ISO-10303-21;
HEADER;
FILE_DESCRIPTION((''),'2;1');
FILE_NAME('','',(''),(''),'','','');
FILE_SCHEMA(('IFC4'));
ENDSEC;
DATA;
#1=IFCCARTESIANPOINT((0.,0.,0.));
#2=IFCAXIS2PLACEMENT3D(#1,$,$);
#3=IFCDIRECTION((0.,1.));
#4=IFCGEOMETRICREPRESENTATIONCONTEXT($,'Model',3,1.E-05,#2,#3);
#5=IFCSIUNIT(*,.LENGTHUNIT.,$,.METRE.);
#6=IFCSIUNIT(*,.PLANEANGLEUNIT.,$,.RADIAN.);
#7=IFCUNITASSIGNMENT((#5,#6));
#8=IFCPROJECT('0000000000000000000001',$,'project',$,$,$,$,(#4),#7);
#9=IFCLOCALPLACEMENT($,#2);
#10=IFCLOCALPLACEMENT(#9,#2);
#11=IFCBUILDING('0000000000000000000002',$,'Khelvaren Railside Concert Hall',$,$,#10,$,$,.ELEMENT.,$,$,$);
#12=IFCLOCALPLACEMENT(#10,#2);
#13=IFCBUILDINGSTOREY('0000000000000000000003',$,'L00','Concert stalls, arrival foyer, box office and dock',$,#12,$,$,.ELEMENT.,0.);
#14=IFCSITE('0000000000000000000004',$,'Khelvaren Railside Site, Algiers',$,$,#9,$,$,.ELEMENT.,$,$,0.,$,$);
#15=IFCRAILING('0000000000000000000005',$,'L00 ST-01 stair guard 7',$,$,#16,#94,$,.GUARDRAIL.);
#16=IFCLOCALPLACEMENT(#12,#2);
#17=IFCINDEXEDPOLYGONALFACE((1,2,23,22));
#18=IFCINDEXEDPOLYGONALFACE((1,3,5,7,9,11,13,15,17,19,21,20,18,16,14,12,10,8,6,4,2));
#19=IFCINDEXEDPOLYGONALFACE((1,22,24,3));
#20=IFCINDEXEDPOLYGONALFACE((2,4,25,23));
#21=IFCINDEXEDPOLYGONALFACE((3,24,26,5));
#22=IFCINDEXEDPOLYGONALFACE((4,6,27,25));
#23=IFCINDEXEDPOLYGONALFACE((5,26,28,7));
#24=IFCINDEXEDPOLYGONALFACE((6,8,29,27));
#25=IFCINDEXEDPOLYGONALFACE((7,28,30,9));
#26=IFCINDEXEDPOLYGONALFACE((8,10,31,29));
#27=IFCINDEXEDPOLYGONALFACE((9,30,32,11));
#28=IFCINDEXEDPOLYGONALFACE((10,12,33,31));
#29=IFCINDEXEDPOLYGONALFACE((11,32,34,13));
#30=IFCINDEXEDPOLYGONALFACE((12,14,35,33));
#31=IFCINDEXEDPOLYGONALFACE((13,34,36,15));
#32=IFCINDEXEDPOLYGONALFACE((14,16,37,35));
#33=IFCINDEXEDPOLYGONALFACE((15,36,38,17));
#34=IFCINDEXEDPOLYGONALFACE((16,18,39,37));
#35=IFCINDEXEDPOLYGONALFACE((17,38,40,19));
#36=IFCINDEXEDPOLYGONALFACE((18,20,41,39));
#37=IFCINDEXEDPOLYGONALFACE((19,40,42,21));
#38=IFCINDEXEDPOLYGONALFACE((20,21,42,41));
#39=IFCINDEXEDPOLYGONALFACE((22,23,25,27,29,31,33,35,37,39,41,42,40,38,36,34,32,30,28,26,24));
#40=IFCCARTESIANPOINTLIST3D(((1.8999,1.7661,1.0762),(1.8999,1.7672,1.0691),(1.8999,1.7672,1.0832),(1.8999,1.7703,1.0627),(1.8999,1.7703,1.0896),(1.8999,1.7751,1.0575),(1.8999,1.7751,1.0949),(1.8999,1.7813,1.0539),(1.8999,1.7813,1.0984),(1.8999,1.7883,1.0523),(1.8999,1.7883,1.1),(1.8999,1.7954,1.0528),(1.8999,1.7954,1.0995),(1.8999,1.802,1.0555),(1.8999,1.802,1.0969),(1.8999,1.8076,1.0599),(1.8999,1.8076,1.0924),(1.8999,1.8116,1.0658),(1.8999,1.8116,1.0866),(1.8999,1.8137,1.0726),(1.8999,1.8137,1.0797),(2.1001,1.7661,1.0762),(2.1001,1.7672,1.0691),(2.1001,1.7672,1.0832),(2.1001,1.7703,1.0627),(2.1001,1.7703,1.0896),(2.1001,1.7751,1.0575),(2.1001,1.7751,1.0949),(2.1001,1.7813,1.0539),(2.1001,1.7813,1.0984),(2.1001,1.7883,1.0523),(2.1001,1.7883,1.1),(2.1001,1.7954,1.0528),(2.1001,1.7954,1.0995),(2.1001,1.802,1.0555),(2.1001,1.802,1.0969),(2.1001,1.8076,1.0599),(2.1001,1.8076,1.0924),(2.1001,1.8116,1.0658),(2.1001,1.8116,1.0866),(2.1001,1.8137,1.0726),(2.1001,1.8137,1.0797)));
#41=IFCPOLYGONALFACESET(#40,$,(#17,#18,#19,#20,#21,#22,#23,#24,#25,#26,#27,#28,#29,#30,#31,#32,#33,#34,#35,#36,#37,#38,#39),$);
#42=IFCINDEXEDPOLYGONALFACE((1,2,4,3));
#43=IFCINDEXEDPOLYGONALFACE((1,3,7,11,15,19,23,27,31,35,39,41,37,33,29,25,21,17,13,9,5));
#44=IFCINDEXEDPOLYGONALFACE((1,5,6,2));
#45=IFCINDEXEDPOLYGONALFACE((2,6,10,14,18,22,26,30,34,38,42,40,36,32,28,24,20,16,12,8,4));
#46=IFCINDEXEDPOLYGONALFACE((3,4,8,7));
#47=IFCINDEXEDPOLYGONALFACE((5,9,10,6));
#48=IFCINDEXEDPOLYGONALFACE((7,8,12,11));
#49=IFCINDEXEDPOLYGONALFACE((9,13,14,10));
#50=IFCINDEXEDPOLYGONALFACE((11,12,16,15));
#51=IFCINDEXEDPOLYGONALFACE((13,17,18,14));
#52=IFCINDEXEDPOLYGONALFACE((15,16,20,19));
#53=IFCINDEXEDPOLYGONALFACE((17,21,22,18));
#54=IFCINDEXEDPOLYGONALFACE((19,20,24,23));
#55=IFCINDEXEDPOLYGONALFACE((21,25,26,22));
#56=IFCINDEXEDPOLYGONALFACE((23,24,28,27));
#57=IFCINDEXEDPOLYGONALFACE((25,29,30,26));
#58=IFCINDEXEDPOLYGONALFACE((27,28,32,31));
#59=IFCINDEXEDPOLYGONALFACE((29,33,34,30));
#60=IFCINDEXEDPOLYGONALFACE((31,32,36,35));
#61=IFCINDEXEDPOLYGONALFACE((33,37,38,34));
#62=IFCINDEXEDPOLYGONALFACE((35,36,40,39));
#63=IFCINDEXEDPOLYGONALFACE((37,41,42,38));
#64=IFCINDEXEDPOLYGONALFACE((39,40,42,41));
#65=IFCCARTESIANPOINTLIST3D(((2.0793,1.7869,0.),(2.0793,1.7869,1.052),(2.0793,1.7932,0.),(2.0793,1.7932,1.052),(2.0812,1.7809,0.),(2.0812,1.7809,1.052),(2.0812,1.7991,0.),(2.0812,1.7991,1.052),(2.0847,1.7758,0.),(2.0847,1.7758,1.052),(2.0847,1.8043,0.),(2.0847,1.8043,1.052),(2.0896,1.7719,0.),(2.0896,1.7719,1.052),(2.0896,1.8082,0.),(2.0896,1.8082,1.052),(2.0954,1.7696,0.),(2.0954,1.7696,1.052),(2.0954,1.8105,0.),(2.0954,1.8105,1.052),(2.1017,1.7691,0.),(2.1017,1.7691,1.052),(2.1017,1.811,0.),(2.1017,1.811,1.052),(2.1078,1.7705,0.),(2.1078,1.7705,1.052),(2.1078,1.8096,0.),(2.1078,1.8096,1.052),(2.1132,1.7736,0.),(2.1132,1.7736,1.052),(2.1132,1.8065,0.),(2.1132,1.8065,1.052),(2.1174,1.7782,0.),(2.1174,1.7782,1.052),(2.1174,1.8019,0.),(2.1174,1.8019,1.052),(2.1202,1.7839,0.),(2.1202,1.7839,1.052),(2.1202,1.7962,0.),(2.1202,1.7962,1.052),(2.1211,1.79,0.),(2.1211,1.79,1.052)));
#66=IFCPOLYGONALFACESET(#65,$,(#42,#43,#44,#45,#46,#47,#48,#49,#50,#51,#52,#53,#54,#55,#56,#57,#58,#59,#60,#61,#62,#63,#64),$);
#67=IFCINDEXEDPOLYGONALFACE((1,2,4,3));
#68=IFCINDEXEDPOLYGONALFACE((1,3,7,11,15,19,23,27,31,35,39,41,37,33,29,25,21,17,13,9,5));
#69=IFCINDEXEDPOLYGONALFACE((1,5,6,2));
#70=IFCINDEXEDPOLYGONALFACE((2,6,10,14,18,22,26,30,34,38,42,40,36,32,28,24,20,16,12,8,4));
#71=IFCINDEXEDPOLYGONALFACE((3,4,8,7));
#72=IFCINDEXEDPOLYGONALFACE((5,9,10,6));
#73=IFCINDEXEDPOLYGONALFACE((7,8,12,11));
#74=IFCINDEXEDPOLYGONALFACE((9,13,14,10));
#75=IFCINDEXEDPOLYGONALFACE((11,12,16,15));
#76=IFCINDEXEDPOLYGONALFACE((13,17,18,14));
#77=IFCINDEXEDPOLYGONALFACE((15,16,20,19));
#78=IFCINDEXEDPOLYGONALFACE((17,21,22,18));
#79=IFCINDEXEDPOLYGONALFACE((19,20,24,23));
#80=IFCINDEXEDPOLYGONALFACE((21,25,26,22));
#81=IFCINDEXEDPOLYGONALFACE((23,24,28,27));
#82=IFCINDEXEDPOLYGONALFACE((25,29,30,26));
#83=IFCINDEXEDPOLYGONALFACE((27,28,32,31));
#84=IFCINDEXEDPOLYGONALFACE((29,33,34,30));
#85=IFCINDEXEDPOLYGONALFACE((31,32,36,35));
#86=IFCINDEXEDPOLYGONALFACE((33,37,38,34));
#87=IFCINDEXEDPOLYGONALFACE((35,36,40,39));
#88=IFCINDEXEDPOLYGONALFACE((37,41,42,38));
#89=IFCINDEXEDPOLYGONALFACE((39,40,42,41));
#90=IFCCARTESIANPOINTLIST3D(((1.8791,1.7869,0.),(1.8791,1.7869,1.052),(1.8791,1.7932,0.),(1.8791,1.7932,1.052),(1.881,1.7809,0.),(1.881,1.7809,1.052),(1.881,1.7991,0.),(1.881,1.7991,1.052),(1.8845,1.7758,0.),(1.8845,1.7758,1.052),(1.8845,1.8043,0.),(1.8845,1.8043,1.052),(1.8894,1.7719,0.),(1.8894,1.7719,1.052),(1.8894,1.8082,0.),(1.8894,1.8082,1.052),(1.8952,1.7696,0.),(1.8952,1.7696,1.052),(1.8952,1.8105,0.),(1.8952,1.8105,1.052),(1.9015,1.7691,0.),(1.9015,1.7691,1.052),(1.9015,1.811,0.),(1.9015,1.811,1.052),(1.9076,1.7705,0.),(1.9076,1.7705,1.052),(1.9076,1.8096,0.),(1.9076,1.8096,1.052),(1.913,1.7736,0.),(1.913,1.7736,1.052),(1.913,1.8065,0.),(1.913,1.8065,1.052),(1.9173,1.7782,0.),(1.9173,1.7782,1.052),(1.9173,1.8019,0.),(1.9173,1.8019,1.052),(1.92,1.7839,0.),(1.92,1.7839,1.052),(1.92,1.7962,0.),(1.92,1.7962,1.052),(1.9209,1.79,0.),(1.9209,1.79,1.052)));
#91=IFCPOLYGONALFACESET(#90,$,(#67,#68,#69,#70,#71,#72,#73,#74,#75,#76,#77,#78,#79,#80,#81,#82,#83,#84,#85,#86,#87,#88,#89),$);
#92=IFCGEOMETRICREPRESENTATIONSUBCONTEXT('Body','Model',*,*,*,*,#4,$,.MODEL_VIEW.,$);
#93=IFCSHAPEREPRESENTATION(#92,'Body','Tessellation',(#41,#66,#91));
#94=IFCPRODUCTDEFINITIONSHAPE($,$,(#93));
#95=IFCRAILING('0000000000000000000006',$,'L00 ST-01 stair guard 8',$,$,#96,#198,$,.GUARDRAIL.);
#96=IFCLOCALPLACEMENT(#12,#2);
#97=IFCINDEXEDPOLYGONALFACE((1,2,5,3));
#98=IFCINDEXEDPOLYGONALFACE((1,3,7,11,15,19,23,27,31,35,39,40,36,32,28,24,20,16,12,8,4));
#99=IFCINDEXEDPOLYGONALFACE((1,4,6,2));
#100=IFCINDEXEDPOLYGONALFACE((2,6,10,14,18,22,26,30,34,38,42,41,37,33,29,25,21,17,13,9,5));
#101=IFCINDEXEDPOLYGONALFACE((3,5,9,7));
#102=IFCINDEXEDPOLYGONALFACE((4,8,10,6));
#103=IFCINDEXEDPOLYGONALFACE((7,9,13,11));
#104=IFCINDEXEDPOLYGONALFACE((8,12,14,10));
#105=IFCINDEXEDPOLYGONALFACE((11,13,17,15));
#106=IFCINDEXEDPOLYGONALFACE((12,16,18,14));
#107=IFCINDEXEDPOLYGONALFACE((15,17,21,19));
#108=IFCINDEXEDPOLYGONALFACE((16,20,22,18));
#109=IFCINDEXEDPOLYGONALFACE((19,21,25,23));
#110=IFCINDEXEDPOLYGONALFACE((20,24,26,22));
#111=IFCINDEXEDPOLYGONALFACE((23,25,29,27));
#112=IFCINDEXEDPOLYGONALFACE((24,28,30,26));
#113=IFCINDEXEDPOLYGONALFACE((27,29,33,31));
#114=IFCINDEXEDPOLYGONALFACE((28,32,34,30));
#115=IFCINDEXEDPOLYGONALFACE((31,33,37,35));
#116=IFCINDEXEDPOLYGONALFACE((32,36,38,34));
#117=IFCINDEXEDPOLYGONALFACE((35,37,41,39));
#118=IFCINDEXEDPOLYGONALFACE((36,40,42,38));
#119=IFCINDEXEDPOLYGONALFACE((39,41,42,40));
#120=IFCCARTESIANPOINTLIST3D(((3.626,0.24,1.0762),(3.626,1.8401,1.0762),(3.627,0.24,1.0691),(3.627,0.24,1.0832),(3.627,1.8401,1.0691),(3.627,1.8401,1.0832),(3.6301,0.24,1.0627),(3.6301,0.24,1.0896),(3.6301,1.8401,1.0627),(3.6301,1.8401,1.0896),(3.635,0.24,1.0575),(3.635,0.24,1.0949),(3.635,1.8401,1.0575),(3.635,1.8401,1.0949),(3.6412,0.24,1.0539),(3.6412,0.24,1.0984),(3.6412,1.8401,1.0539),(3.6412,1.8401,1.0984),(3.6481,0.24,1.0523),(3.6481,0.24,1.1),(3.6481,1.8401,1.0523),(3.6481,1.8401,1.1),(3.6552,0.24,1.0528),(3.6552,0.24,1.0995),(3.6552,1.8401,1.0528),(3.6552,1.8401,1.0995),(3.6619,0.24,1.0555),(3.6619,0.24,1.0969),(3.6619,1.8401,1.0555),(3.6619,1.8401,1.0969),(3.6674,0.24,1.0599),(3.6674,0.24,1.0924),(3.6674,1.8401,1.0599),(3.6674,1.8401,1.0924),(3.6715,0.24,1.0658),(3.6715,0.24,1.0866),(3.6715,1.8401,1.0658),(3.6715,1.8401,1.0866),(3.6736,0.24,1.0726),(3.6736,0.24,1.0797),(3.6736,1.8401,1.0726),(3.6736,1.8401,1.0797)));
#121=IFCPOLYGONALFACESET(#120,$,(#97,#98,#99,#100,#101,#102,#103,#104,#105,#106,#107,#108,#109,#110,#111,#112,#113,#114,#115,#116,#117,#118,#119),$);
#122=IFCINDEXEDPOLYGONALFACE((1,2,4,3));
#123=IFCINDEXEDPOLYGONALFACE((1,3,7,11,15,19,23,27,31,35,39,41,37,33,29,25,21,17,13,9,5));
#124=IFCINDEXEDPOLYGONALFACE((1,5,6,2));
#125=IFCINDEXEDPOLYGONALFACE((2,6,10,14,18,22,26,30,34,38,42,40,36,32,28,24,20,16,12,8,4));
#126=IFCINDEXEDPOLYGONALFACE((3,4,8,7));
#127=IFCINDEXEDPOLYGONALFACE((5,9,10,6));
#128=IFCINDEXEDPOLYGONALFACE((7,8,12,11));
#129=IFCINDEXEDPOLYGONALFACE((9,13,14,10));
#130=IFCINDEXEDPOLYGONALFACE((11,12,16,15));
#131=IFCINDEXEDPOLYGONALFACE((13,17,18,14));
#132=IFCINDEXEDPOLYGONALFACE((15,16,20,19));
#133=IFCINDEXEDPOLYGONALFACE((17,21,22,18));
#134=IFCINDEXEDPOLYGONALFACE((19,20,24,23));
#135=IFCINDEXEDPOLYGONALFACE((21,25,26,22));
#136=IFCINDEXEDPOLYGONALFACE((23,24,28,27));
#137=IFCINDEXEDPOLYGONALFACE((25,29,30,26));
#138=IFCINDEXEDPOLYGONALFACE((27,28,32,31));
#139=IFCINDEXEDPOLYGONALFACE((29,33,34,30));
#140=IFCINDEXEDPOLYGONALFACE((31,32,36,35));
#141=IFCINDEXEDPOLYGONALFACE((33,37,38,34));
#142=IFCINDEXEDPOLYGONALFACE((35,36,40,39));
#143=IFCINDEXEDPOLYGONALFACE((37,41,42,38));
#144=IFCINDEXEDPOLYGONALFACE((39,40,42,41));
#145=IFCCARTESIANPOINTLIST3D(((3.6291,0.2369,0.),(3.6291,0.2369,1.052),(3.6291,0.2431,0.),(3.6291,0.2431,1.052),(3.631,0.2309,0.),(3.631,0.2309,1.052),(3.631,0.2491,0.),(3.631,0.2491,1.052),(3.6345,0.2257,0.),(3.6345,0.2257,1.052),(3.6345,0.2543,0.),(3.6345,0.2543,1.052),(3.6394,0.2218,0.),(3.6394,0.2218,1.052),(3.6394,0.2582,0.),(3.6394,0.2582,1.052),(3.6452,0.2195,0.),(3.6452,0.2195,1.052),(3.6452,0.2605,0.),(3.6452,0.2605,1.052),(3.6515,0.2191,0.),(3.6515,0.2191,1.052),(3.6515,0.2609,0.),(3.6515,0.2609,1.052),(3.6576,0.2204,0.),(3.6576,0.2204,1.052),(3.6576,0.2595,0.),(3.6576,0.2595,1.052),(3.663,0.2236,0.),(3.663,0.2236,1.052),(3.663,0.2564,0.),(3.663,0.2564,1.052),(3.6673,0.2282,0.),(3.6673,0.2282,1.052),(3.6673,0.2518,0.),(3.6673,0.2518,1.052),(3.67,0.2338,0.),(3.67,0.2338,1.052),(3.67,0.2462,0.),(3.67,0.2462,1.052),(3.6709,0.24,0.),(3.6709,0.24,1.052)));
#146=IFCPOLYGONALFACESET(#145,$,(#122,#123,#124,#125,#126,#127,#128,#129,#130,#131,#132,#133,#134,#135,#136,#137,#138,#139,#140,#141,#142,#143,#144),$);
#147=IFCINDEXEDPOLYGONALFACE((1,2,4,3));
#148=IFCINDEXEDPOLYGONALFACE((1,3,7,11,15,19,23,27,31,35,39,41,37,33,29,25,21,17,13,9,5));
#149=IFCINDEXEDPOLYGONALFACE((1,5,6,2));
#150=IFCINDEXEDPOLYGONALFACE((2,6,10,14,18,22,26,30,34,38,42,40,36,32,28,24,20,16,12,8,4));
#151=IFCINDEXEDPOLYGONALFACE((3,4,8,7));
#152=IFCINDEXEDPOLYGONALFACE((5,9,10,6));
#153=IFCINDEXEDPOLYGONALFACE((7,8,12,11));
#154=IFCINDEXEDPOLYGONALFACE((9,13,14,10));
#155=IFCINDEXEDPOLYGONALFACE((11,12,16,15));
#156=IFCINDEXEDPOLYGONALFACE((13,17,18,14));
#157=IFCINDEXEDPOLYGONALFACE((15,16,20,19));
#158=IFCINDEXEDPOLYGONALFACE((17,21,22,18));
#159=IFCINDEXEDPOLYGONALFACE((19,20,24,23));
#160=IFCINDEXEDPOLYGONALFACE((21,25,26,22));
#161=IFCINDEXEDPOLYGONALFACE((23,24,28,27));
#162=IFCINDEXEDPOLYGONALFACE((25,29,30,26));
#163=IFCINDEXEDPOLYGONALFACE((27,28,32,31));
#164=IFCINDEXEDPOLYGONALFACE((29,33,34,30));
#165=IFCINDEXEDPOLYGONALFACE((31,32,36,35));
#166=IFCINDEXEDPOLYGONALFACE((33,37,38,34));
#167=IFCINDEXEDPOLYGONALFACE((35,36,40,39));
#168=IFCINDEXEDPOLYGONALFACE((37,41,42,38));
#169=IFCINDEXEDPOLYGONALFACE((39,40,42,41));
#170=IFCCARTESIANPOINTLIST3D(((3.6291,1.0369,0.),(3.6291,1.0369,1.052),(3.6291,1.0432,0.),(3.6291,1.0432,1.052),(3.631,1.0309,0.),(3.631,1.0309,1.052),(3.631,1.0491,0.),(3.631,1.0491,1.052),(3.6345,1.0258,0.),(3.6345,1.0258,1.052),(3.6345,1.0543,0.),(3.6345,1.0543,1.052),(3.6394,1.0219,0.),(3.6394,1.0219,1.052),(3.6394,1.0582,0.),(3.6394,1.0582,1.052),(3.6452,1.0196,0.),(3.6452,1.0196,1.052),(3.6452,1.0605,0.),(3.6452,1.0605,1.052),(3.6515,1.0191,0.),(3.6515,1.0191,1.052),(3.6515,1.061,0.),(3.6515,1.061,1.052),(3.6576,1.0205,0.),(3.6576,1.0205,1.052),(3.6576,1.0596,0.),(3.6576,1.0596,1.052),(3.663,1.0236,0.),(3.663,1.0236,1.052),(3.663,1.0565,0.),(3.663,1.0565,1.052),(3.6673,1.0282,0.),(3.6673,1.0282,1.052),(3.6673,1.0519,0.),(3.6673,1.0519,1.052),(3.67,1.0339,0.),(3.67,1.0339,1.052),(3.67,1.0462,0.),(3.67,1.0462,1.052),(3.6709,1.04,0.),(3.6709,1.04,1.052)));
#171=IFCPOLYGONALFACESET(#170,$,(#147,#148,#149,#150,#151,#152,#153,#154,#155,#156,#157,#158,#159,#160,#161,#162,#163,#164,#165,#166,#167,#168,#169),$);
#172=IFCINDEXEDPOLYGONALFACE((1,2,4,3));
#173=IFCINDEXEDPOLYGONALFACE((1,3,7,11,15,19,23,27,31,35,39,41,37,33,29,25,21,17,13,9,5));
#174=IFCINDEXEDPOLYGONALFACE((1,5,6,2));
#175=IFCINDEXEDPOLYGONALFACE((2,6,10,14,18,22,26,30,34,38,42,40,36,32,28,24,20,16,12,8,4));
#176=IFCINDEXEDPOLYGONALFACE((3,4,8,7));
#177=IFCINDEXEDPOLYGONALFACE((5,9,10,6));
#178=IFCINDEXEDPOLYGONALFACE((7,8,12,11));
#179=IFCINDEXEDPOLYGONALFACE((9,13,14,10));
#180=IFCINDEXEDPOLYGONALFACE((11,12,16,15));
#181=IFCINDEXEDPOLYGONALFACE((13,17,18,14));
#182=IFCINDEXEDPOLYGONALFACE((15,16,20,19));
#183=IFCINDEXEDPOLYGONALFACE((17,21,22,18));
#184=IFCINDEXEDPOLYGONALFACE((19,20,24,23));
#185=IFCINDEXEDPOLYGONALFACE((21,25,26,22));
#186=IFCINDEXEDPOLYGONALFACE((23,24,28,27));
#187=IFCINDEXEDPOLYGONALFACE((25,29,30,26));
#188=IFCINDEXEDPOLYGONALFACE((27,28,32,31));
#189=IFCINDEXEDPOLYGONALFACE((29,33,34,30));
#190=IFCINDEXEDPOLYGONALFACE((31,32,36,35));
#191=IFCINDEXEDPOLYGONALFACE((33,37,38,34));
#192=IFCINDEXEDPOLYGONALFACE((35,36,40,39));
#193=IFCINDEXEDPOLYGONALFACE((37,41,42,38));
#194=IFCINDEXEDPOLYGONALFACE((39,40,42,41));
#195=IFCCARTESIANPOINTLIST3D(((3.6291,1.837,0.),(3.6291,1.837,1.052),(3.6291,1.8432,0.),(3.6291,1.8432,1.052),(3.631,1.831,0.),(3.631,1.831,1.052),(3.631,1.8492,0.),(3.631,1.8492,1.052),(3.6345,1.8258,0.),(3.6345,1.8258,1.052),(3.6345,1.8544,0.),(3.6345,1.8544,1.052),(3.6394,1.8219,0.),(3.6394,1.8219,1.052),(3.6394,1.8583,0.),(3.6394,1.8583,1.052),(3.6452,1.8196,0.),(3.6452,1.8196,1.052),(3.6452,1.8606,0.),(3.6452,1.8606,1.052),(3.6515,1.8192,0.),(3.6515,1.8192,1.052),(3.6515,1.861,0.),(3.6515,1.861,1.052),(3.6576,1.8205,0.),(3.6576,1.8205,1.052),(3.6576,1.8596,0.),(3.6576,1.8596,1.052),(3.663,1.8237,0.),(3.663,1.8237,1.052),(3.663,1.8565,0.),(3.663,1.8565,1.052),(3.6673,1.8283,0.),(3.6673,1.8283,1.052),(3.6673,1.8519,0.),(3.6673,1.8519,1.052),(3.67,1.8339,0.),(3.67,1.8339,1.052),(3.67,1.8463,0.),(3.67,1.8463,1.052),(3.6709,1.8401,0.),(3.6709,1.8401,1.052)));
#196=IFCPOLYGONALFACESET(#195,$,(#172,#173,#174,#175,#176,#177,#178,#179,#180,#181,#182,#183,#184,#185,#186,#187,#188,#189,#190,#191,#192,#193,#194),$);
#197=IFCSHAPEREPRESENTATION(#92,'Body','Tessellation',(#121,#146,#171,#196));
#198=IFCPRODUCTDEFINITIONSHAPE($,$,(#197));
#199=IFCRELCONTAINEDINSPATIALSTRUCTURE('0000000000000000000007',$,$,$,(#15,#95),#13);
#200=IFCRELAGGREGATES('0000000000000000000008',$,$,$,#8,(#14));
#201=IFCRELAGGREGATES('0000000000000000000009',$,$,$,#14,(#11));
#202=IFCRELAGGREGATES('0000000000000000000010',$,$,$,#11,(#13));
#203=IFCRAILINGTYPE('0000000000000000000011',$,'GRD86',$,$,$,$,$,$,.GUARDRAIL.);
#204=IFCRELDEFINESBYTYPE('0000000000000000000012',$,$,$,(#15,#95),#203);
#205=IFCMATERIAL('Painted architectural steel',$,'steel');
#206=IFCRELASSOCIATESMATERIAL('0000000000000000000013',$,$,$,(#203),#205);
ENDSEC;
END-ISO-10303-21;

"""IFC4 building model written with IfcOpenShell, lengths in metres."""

from ifc_helpers import new_model, si_unit, direction, frame, origin, origin_2d, place, context, subcontext, project, spatial, circle, extrude, material, type_object, element, save


model = new_model("IFC4")

# Units and contexts
model_context = context("Model", 3, precision=1e-05, world=origin(), true_north=direction((0.0, 1.0)))
body_context = subcontext(model_context, "Body", "Model", "MODEL_VIEW")
ifc_project = project(units=[si_unit("LENGTHUNIT", "METRE"), si_unit("PLANEANGLEUNIT", "RADIAN")], contexts=[model_context])

# Site, building, storey
site_placement = place(None, origin())
site = spatial("IfcSite", under=ifc_project, at=site_placement, Name="Khelvaren Railside Site, Algiers", CompositionType="ELEMENT", RefElevation=0.0)
building_placement = place(site_placement, origin())
building = spatial("IfcBuilding", under=site, at=building_placement, Name="Khelvaren Railside Concert Hall", CompositionType="ELEMENT")
storey_placement = place(building_placement, origin())
storey = spatial("IfcBuildingStorey", under=building, at=storey_placement, Name="L00", Description="Concert stalls, arrival foyer, box office and dock", CompositionType="ELEMENT", Elevation=0.0)

# Railings
ifc_material_1 = material(Name="Painted architectural steel", Category="steel")
railing_type_1 = type_object("IfcRailingType", Name="GRD86", PredefinedType="GUARDRAIL", material=ifc_material_1)
railing_1_placement = place(storey_placement, frame((2.1001, 1.79, 0.0)))
element("IfcRailing", 1, at=railing_1_placement, inside=storey, type_object=railing_type_1, Name="L00 ST-01 stair guard 7", PredefinedType="GUARDRAIL", context=body_context, shape_type="SweptSolid", body=[
    extrude(circle(Radius=0.0239, at=origin_2d()), frame((0.0, 0.0, 1.0762), z_axis=(-1.0, 0.0, 0.0), x_axis=(0.0, -1.0, 0.0)), (0.0, 0.0, 1.0), 0.2002),
    extrude(circle(Radius=0.021, at=origin_2d()), origin(), (0.0, 0.0, 1.0), 1.052),
    extrude(circle(Radius=0.021, at=origin_2d()), frame((-0.2002, 0.0, 0.0)), (0.0, 0.0, 1.0), 1.052),
])
for number, where, name in (
    (2, (3.6499, 0.24, 0.0), "L00 ST-01 stair guard 8"),
):
    element("IfcRailing", number, at=place(storey_placement, frame(where)), inside=storey, type_object=railing_type_1, Name=name, PredefinedType="GUARDRAIL", context=body_context, shape_type="SweptSolid", body=[
        extrude(circle(Radius=0.0239, at=origin_2d()), frame((0.0, 0.0, 1.0762), z_axis=(0.0, 1.0, 0.0), x_axis=(-1.0, 0.0, 0.0)), (0.0, 0.0, 1.0), 1.6001),
        extrude(circle(Radius=0.021, at=origin_2d()), origin(), (0.0, 0.0, 1.0), 1.052),
        extrude(circle(Radius=0.021, at=origin_2d()), frame((0.0, 0.8, 0.0)), (0.0, 0.0, 1.0), 1.052),
        extrude(circle(Radius=0.021, at=origin_2d()), frame((0.0, 1.6001, 0.0)), (0.0, 0.0, 1.0), 1.052),
    ])

save(model, "model.ifc")
